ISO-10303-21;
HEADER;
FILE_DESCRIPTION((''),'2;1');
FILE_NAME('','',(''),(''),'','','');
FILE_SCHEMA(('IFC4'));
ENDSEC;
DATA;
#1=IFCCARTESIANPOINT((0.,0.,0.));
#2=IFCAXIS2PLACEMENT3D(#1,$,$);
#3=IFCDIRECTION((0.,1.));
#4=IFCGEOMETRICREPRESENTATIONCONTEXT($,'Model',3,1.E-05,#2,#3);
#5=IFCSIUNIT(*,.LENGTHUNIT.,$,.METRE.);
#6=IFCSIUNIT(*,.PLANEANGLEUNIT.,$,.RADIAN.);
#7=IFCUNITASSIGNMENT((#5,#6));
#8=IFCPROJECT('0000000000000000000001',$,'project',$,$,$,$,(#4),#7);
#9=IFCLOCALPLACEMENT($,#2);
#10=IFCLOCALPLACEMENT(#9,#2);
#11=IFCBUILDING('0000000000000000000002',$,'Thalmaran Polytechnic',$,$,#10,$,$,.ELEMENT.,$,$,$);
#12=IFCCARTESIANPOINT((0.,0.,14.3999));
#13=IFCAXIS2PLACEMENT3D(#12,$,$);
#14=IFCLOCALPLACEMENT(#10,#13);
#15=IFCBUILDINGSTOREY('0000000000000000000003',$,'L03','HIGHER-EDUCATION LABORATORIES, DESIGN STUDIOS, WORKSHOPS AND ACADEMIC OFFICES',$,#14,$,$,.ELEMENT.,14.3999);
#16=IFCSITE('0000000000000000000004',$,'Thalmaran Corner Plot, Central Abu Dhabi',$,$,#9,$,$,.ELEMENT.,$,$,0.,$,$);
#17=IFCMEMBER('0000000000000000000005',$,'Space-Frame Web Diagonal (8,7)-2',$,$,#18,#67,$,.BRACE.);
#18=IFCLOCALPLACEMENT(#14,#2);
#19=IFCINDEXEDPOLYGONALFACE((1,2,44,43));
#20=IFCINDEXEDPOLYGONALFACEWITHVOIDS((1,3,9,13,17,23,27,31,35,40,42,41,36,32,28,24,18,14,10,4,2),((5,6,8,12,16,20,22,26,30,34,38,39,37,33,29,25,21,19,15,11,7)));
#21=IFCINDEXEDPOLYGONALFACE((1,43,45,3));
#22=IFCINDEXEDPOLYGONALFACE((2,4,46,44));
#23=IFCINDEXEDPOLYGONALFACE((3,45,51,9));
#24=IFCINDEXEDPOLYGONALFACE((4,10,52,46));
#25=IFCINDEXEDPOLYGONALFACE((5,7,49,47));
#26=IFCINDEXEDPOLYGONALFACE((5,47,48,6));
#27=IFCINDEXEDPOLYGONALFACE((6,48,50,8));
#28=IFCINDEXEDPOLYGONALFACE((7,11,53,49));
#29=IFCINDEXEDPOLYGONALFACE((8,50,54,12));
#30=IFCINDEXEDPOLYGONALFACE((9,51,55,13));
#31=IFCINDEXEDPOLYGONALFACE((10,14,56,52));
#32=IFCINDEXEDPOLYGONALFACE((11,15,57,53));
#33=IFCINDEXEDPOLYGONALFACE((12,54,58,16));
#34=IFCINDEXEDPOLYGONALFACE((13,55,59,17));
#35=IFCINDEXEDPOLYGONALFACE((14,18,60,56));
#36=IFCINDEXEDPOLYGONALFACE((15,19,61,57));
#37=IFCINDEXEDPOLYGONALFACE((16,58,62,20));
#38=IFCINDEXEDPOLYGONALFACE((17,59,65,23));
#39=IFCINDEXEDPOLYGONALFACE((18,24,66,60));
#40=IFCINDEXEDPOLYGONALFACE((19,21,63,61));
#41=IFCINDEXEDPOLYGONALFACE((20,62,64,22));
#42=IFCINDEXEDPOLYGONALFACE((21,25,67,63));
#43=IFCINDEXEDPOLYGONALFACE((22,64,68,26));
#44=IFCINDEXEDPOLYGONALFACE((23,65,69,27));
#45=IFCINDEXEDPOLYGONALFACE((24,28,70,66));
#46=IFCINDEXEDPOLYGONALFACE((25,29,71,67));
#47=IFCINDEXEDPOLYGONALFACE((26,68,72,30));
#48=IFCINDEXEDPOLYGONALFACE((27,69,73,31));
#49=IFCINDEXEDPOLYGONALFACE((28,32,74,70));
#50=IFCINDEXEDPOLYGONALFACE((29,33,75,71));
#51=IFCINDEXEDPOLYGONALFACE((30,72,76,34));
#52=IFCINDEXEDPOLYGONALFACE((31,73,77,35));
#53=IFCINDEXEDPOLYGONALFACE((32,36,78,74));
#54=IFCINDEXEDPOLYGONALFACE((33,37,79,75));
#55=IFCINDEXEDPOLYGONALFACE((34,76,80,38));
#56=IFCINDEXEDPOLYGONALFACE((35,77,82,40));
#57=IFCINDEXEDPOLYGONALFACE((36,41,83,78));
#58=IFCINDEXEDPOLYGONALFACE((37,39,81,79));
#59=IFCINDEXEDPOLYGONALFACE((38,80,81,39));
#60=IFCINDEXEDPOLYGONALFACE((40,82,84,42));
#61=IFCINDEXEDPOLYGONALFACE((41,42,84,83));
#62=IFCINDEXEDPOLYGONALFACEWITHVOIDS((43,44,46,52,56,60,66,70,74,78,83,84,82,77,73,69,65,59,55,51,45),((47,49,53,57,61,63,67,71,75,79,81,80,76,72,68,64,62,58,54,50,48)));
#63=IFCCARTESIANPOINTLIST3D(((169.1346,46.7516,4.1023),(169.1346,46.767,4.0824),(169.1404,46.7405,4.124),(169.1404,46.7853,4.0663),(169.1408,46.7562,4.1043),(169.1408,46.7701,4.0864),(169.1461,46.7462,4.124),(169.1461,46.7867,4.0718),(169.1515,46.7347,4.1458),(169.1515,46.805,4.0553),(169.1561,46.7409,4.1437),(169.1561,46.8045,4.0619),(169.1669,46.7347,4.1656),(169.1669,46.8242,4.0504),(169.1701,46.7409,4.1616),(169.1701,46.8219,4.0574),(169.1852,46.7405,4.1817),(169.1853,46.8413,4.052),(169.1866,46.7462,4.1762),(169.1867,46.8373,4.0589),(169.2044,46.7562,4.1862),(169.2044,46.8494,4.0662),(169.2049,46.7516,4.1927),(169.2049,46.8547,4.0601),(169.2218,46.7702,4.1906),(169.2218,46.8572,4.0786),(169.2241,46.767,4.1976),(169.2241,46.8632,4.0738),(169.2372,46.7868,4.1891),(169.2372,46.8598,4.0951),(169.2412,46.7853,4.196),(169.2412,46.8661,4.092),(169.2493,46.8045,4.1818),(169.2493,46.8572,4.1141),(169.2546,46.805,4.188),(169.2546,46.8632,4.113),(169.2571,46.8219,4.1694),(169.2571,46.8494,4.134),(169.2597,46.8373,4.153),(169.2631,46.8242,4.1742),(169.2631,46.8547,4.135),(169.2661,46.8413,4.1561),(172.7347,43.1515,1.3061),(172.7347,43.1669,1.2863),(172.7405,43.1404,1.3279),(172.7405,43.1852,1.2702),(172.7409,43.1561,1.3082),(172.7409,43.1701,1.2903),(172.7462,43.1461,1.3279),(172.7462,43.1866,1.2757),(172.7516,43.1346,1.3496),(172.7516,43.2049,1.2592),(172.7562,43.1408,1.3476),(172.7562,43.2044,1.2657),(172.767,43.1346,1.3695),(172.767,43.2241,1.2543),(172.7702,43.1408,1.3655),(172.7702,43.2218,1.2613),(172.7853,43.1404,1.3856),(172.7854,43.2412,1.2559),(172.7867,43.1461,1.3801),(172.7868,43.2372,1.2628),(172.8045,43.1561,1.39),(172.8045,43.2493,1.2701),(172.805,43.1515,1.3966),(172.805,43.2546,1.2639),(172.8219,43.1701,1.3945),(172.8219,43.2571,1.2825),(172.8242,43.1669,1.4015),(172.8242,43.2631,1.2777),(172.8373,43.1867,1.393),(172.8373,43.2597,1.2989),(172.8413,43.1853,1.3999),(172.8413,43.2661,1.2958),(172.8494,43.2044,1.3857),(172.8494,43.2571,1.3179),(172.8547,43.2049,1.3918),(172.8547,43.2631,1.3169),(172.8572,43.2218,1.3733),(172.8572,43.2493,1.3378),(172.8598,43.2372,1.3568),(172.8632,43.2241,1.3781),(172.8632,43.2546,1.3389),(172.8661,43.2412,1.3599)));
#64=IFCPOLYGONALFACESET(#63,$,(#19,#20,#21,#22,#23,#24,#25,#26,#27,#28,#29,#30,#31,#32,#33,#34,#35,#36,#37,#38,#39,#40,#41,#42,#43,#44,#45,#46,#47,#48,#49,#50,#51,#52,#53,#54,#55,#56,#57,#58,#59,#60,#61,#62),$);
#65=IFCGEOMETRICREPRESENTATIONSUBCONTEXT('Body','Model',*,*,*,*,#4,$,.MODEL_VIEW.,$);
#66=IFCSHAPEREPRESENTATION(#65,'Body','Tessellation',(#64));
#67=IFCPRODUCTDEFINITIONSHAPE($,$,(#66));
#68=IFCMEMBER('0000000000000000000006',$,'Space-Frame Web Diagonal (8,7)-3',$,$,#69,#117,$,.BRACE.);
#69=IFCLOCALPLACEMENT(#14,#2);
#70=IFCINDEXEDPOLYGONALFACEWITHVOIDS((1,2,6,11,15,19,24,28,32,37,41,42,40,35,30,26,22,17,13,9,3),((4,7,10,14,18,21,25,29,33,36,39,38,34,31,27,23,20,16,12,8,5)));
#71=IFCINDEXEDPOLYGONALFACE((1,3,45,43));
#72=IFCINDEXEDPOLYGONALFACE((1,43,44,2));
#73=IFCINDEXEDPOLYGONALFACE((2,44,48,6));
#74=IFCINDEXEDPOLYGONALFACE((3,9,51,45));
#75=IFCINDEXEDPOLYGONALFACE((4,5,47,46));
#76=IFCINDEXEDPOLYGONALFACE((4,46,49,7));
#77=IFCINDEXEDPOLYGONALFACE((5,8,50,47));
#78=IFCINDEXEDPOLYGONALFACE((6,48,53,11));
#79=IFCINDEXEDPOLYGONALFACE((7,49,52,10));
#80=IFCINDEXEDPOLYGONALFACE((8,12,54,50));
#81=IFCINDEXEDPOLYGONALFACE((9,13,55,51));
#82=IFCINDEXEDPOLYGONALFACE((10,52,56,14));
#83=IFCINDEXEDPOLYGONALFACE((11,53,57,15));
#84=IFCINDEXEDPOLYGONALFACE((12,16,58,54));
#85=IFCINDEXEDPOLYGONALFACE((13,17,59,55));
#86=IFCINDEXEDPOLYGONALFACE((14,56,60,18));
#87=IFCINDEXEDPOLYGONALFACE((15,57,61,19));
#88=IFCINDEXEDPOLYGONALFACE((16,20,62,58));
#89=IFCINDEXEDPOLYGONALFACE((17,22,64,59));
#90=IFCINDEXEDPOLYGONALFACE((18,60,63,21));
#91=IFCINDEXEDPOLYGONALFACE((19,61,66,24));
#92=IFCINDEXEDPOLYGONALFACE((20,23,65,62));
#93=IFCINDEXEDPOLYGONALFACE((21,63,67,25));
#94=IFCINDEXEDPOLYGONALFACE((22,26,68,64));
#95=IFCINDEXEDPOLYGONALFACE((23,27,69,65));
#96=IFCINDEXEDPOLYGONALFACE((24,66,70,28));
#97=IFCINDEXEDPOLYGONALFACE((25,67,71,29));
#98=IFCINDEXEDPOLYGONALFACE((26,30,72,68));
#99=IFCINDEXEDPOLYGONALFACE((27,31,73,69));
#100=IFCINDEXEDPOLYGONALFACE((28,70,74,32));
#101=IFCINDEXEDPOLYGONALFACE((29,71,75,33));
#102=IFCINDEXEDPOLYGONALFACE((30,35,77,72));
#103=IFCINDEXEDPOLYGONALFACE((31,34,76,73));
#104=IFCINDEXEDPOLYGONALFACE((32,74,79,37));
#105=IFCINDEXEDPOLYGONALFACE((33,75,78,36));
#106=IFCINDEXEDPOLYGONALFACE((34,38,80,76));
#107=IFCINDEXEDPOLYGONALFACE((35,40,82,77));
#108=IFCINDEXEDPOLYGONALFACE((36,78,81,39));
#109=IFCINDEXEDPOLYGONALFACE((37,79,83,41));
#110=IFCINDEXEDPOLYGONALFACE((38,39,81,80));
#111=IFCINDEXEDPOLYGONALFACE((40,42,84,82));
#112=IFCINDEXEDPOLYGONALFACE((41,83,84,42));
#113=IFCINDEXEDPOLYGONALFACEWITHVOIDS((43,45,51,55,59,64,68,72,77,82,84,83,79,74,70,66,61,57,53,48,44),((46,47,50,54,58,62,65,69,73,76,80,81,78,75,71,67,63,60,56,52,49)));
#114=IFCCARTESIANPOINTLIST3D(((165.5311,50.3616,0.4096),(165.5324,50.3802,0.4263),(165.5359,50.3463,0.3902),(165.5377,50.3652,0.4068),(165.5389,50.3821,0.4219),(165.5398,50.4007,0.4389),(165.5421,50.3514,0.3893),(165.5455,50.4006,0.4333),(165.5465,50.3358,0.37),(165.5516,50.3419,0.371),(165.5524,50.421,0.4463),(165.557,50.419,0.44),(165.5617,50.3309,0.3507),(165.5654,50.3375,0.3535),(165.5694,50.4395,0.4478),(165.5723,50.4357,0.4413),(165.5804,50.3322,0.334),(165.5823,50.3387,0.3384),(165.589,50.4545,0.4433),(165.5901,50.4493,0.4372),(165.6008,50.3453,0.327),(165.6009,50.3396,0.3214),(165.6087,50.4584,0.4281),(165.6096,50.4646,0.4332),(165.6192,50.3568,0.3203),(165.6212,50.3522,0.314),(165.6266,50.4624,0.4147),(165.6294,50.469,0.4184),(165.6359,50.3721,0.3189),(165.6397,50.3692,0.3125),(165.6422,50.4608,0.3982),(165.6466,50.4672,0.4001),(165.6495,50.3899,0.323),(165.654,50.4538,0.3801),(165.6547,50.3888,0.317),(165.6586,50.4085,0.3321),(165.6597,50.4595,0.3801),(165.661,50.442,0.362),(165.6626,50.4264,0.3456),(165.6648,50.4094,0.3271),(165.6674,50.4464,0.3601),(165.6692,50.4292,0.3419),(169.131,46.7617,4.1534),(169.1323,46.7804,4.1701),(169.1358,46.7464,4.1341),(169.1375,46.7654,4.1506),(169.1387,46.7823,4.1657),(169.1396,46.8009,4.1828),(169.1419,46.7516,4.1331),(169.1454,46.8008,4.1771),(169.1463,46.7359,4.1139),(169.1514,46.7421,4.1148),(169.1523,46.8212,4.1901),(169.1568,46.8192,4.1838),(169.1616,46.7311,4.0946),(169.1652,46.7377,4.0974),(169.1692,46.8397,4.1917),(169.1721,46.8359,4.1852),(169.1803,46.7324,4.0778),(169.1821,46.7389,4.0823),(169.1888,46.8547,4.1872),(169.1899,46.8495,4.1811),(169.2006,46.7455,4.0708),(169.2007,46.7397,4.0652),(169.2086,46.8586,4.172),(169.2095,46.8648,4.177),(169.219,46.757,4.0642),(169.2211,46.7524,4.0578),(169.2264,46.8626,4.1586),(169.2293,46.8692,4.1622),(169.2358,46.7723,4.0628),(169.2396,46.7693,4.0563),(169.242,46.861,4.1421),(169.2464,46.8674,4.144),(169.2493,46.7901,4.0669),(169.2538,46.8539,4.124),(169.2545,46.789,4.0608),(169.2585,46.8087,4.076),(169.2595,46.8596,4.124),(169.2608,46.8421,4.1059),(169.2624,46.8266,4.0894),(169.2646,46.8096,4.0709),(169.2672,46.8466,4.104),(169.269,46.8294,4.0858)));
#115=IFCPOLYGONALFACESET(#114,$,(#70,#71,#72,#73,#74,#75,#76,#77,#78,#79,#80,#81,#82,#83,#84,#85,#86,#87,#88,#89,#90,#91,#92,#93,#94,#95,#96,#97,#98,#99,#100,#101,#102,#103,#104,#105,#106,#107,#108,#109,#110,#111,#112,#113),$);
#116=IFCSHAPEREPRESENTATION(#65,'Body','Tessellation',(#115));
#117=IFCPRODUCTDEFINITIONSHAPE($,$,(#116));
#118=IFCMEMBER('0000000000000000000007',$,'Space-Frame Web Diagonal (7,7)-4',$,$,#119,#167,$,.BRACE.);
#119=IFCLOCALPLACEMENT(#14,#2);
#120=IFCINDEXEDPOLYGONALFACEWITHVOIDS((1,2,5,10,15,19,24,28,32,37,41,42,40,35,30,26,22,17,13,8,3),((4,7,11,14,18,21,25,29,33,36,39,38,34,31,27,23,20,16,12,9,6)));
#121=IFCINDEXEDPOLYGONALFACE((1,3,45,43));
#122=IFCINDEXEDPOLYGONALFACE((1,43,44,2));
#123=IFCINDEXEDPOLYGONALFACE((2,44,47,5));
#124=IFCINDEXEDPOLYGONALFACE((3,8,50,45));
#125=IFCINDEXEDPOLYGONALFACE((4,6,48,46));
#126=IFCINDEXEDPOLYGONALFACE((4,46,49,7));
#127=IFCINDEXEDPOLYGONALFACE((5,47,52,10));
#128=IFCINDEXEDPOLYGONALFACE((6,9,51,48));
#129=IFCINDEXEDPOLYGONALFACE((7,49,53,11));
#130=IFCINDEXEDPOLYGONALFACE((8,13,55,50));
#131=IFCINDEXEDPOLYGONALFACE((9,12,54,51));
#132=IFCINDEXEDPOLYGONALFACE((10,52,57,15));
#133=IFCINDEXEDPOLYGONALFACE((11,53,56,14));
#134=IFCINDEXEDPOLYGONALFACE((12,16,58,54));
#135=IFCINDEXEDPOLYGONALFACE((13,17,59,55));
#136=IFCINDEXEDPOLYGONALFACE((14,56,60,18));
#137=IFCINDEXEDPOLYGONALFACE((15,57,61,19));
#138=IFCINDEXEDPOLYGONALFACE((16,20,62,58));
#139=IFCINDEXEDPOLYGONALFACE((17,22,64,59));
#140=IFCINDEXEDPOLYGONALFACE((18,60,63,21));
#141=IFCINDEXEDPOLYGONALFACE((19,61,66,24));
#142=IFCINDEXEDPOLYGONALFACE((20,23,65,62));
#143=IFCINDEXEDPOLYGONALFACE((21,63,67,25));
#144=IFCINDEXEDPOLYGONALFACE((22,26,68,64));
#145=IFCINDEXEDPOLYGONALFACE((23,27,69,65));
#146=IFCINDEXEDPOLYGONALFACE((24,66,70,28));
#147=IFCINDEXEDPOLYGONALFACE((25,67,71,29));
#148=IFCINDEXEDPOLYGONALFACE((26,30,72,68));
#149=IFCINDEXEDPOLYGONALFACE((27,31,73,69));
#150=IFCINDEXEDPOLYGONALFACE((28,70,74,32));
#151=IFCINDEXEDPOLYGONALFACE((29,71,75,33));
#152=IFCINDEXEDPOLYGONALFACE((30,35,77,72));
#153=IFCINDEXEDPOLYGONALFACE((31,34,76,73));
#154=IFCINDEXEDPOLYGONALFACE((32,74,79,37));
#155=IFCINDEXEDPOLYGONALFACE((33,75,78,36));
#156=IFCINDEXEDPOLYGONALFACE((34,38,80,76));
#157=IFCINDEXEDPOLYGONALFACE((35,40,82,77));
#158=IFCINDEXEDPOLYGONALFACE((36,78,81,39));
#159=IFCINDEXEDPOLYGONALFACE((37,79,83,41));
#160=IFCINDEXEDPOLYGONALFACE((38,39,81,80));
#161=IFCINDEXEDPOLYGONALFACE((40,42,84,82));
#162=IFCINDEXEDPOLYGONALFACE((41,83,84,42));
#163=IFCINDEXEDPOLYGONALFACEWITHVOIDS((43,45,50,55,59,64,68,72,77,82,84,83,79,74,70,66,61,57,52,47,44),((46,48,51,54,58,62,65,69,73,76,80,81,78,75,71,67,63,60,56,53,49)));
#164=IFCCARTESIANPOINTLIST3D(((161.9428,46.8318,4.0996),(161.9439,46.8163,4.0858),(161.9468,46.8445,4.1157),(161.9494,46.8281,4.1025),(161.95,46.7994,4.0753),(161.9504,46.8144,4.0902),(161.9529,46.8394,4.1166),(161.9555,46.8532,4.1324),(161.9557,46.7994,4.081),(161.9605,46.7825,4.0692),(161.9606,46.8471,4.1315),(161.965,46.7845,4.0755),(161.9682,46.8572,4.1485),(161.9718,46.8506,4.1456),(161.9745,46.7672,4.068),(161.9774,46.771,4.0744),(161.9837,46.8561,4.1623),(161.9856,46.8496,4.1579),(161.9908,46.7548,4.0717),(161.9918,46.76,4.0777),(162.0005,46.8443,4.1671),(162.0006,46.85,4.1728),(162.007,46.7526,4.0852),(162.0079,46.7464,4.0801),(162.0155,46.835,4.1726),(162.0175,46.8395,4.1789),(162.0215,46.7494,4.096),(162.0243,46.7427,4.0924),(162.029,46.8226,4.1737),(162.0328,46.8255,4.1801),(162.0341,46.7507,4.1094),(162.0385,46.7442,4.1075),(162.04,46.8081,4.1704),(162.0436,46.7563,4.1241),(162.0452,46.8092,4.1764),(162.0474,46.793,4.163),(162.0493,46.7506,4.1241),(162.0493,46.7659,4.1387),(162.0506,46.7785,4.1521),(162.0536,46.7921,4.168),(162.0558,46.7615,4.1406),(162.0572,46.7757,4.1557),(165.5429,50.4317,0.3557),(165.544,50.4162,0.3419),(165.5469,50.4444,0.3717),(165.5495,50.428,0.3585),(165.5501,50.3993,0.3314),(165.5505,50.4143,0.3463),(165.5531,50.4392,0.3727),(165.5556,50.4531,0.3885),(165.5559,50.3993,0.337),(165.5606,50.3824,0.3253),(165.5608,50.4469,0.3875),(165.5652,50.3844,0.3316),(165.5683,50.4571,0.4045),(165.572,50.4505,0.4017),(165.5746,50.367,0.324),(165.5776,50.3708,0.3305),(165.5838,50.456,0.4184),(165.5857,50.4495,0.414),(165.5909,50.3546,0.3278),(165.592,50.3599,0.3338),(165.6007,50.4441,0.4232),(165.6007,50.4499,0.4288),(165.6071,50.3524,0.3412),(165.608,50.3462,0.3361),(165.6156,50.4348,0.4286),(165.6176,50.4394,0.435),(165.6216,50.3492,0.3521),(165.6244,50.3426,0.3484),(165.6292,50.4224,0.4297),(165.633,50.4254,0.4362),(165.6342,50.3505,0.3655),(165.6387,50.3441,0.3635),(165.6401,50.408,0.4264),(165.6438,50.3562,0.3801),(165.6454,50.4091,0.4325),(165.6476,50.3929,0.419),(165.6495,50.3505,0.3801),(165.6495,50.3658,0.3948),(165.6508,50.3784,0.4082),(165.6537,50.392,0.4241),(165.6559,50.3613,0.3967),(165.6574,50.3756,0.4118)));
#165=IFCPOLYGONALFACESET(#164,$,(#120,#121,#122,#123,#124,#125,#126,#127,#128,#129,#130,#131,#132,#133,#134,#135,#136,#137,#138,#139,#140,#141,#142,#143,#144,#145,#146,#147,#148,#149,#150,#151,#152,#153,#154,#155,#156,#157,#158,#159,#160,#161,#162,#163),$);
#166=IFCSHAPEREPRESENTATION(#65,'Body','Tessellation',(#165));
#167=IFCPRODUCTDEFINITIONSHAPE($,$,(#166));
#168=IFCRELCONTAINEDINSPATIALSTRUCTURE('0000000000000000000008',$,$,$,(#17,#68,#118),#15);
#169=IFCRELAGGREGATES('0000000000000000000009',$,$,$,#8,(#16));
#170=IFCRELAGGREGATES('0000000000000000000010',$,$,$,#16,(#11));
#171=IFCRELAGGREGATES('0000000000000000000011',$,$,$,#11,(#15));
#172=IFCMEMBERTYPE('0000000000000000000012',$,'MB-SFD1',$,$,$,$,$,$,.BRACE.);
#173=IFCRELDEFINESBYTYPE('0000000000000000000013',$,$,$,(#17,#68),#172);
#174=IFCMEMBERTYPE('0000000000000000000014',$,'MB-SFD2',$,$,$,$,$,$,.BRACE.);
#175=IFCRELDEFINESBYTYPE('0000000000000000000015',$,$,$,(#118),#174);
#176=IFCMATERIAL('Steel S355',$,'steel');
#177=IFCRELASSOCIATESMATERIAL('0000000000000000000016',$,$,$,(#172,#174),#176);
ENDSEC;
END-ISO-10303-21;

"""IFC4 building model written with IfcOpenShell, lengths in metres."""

from ifc_helpers import new_model, si_unit, direction, frame, origin, origin_2d, place, context, subcontext, project, spatial, hollow_circle, extrude, material, material_profile, profile_set, type_object, element, save


model = new_model("IFC4")

# Units and contexts
model_context = context("Model", 3, precision=1e-05, world=origin(), true_north=direction((0.0, 1.0)))
body_context = subcontext(model_context, "Body", "Model", "MODEL_VIEW")
ifc_project = project(units=[si_unit("LENGTHUNIT", "METRE"), si_unit("PLANEANGLEUNIT", "RADIAN")], contexts=[model_context])

# Site, building, storey
site_placement = place(None, origin())
site = spatial("IfcSite", under=ifc_project, at=site_placement, Name="Thalmaran Corner Plot, Central Abu Dhabi", CompositionType="ELEMENT", RefElevation=0.0)
building_placement = place(site_placement, origin())
building = spatial("IfcBuilding", under=site, at=building_placement, Name="Thalmaran Polytechnic", CompositionType="ELEMENT")
storey_placement = place(building_placement, frame((0.0, 0.0, 14.3999)))
storey = spatial("IfcBuildingStorey", under=building, at=storey_placement, Name="L03", Description="HIGHER-EDUCATION LABORATORIES, DESIGN STUDIOS, WORKSHOPS AND ACADEMIC OFFICES", CompositionType="ELEMENT", Elevation=14.3999)

# Shared definitions
ifc_material_1 = material(Name="Steel S355", Category="steel")

# Members
ifc_material_profile_1 = material_profile(ifc_material_1, hollow_circle(Radius=0.0842, WallThickness=0.0081, at=origin_2d()), Name="CHS 168.3x8.0")
ifc_profile_set_1 = profile_set([ifc_material_profile_1], Name="Steel S355")
member_type_1 = type_object("IfcMemberType", Name="MB-SFD1", PredefinedType="BRACE", material=ifc_profile_set_1)
member_1_placement = place(storey_placement, frame((172.8, 43.2, 1.3279), z_axis=(-0.619788, 0.619788, 0.48138), x_axis=(-0.707107, -0.707107, 0.0)))
element("IfcMember", 1, at=member_1_placement, inside=storey, type_object=member_type_1, Name="Space-Frame Web Diagonal (8,7)-2", PredefinedType="BRACE", context=body_context, shape_type="SweptSolid", body=[
    extrude(hollow_circle(Radius=0.0842, WallThickness=0.0081, at=origin_2d()), origin(), (0.0, 0.0, 1.0), 5.8086),
])
member_2_placement = place(storey_placement, frame((165.6001, 50.3999, 0.3801), z_axis=(0.569652, -0.569652, 0.592446), x_axis=(0.707107, 0.707107, 0.0)))
element("IfcMember", 2, at=member_2_placement, inside=storey, type_object=member_type_1, Name="Space-Frame Web Diagonal (8,7)-3", PredefinedType="BRACE", context=body_context, shape_type="SweptSolid", body=[
    extrude(hollow_circle(Radius=0.0842, WallThickness=0.0081, at=origin_2d()), origin(), (0.0, 0.0, 1.0), 6.3193),
])
ifc_material_profile_2 = material_profile(ifc_material_1, hollow_circle(Radius=0.0698, WallThickness=0.0081, at=origin_2d()), Name="CHS 139.7x8.0")
ifc_profile_set_2 = profile_set([ifc_material_profile_2], Name="Steel S355")
member_type_2 = type_object("IfcMemberType", Name="MB-SFD2", PredefinedType="BRACE", material=ifc_profile_set_2)
member_3_placement = place(storey_placement, frame((165.6001, 50.3999, 0.3801), z_axis=(-0.569678, -0.56964, 0.592433), x_axis=(0.707083, -0.707131, 0.0)))
element("IfcMember", 3, at=member_3_placement, inside=storey, type_object=member_type_2, Name="Space-Frame Web Diagonal (7,7)-4", PredefinedType="BRACE", context=body_context, shape_type="SweptSolid", body=[
    extrude(hollow_circle(Radius=0.0698, WallThickness=0.0081, at=origin_2d()), origin(), (0.0, 0.0, 1.0), 6.3196),
])

save(model, "model.ifc")
